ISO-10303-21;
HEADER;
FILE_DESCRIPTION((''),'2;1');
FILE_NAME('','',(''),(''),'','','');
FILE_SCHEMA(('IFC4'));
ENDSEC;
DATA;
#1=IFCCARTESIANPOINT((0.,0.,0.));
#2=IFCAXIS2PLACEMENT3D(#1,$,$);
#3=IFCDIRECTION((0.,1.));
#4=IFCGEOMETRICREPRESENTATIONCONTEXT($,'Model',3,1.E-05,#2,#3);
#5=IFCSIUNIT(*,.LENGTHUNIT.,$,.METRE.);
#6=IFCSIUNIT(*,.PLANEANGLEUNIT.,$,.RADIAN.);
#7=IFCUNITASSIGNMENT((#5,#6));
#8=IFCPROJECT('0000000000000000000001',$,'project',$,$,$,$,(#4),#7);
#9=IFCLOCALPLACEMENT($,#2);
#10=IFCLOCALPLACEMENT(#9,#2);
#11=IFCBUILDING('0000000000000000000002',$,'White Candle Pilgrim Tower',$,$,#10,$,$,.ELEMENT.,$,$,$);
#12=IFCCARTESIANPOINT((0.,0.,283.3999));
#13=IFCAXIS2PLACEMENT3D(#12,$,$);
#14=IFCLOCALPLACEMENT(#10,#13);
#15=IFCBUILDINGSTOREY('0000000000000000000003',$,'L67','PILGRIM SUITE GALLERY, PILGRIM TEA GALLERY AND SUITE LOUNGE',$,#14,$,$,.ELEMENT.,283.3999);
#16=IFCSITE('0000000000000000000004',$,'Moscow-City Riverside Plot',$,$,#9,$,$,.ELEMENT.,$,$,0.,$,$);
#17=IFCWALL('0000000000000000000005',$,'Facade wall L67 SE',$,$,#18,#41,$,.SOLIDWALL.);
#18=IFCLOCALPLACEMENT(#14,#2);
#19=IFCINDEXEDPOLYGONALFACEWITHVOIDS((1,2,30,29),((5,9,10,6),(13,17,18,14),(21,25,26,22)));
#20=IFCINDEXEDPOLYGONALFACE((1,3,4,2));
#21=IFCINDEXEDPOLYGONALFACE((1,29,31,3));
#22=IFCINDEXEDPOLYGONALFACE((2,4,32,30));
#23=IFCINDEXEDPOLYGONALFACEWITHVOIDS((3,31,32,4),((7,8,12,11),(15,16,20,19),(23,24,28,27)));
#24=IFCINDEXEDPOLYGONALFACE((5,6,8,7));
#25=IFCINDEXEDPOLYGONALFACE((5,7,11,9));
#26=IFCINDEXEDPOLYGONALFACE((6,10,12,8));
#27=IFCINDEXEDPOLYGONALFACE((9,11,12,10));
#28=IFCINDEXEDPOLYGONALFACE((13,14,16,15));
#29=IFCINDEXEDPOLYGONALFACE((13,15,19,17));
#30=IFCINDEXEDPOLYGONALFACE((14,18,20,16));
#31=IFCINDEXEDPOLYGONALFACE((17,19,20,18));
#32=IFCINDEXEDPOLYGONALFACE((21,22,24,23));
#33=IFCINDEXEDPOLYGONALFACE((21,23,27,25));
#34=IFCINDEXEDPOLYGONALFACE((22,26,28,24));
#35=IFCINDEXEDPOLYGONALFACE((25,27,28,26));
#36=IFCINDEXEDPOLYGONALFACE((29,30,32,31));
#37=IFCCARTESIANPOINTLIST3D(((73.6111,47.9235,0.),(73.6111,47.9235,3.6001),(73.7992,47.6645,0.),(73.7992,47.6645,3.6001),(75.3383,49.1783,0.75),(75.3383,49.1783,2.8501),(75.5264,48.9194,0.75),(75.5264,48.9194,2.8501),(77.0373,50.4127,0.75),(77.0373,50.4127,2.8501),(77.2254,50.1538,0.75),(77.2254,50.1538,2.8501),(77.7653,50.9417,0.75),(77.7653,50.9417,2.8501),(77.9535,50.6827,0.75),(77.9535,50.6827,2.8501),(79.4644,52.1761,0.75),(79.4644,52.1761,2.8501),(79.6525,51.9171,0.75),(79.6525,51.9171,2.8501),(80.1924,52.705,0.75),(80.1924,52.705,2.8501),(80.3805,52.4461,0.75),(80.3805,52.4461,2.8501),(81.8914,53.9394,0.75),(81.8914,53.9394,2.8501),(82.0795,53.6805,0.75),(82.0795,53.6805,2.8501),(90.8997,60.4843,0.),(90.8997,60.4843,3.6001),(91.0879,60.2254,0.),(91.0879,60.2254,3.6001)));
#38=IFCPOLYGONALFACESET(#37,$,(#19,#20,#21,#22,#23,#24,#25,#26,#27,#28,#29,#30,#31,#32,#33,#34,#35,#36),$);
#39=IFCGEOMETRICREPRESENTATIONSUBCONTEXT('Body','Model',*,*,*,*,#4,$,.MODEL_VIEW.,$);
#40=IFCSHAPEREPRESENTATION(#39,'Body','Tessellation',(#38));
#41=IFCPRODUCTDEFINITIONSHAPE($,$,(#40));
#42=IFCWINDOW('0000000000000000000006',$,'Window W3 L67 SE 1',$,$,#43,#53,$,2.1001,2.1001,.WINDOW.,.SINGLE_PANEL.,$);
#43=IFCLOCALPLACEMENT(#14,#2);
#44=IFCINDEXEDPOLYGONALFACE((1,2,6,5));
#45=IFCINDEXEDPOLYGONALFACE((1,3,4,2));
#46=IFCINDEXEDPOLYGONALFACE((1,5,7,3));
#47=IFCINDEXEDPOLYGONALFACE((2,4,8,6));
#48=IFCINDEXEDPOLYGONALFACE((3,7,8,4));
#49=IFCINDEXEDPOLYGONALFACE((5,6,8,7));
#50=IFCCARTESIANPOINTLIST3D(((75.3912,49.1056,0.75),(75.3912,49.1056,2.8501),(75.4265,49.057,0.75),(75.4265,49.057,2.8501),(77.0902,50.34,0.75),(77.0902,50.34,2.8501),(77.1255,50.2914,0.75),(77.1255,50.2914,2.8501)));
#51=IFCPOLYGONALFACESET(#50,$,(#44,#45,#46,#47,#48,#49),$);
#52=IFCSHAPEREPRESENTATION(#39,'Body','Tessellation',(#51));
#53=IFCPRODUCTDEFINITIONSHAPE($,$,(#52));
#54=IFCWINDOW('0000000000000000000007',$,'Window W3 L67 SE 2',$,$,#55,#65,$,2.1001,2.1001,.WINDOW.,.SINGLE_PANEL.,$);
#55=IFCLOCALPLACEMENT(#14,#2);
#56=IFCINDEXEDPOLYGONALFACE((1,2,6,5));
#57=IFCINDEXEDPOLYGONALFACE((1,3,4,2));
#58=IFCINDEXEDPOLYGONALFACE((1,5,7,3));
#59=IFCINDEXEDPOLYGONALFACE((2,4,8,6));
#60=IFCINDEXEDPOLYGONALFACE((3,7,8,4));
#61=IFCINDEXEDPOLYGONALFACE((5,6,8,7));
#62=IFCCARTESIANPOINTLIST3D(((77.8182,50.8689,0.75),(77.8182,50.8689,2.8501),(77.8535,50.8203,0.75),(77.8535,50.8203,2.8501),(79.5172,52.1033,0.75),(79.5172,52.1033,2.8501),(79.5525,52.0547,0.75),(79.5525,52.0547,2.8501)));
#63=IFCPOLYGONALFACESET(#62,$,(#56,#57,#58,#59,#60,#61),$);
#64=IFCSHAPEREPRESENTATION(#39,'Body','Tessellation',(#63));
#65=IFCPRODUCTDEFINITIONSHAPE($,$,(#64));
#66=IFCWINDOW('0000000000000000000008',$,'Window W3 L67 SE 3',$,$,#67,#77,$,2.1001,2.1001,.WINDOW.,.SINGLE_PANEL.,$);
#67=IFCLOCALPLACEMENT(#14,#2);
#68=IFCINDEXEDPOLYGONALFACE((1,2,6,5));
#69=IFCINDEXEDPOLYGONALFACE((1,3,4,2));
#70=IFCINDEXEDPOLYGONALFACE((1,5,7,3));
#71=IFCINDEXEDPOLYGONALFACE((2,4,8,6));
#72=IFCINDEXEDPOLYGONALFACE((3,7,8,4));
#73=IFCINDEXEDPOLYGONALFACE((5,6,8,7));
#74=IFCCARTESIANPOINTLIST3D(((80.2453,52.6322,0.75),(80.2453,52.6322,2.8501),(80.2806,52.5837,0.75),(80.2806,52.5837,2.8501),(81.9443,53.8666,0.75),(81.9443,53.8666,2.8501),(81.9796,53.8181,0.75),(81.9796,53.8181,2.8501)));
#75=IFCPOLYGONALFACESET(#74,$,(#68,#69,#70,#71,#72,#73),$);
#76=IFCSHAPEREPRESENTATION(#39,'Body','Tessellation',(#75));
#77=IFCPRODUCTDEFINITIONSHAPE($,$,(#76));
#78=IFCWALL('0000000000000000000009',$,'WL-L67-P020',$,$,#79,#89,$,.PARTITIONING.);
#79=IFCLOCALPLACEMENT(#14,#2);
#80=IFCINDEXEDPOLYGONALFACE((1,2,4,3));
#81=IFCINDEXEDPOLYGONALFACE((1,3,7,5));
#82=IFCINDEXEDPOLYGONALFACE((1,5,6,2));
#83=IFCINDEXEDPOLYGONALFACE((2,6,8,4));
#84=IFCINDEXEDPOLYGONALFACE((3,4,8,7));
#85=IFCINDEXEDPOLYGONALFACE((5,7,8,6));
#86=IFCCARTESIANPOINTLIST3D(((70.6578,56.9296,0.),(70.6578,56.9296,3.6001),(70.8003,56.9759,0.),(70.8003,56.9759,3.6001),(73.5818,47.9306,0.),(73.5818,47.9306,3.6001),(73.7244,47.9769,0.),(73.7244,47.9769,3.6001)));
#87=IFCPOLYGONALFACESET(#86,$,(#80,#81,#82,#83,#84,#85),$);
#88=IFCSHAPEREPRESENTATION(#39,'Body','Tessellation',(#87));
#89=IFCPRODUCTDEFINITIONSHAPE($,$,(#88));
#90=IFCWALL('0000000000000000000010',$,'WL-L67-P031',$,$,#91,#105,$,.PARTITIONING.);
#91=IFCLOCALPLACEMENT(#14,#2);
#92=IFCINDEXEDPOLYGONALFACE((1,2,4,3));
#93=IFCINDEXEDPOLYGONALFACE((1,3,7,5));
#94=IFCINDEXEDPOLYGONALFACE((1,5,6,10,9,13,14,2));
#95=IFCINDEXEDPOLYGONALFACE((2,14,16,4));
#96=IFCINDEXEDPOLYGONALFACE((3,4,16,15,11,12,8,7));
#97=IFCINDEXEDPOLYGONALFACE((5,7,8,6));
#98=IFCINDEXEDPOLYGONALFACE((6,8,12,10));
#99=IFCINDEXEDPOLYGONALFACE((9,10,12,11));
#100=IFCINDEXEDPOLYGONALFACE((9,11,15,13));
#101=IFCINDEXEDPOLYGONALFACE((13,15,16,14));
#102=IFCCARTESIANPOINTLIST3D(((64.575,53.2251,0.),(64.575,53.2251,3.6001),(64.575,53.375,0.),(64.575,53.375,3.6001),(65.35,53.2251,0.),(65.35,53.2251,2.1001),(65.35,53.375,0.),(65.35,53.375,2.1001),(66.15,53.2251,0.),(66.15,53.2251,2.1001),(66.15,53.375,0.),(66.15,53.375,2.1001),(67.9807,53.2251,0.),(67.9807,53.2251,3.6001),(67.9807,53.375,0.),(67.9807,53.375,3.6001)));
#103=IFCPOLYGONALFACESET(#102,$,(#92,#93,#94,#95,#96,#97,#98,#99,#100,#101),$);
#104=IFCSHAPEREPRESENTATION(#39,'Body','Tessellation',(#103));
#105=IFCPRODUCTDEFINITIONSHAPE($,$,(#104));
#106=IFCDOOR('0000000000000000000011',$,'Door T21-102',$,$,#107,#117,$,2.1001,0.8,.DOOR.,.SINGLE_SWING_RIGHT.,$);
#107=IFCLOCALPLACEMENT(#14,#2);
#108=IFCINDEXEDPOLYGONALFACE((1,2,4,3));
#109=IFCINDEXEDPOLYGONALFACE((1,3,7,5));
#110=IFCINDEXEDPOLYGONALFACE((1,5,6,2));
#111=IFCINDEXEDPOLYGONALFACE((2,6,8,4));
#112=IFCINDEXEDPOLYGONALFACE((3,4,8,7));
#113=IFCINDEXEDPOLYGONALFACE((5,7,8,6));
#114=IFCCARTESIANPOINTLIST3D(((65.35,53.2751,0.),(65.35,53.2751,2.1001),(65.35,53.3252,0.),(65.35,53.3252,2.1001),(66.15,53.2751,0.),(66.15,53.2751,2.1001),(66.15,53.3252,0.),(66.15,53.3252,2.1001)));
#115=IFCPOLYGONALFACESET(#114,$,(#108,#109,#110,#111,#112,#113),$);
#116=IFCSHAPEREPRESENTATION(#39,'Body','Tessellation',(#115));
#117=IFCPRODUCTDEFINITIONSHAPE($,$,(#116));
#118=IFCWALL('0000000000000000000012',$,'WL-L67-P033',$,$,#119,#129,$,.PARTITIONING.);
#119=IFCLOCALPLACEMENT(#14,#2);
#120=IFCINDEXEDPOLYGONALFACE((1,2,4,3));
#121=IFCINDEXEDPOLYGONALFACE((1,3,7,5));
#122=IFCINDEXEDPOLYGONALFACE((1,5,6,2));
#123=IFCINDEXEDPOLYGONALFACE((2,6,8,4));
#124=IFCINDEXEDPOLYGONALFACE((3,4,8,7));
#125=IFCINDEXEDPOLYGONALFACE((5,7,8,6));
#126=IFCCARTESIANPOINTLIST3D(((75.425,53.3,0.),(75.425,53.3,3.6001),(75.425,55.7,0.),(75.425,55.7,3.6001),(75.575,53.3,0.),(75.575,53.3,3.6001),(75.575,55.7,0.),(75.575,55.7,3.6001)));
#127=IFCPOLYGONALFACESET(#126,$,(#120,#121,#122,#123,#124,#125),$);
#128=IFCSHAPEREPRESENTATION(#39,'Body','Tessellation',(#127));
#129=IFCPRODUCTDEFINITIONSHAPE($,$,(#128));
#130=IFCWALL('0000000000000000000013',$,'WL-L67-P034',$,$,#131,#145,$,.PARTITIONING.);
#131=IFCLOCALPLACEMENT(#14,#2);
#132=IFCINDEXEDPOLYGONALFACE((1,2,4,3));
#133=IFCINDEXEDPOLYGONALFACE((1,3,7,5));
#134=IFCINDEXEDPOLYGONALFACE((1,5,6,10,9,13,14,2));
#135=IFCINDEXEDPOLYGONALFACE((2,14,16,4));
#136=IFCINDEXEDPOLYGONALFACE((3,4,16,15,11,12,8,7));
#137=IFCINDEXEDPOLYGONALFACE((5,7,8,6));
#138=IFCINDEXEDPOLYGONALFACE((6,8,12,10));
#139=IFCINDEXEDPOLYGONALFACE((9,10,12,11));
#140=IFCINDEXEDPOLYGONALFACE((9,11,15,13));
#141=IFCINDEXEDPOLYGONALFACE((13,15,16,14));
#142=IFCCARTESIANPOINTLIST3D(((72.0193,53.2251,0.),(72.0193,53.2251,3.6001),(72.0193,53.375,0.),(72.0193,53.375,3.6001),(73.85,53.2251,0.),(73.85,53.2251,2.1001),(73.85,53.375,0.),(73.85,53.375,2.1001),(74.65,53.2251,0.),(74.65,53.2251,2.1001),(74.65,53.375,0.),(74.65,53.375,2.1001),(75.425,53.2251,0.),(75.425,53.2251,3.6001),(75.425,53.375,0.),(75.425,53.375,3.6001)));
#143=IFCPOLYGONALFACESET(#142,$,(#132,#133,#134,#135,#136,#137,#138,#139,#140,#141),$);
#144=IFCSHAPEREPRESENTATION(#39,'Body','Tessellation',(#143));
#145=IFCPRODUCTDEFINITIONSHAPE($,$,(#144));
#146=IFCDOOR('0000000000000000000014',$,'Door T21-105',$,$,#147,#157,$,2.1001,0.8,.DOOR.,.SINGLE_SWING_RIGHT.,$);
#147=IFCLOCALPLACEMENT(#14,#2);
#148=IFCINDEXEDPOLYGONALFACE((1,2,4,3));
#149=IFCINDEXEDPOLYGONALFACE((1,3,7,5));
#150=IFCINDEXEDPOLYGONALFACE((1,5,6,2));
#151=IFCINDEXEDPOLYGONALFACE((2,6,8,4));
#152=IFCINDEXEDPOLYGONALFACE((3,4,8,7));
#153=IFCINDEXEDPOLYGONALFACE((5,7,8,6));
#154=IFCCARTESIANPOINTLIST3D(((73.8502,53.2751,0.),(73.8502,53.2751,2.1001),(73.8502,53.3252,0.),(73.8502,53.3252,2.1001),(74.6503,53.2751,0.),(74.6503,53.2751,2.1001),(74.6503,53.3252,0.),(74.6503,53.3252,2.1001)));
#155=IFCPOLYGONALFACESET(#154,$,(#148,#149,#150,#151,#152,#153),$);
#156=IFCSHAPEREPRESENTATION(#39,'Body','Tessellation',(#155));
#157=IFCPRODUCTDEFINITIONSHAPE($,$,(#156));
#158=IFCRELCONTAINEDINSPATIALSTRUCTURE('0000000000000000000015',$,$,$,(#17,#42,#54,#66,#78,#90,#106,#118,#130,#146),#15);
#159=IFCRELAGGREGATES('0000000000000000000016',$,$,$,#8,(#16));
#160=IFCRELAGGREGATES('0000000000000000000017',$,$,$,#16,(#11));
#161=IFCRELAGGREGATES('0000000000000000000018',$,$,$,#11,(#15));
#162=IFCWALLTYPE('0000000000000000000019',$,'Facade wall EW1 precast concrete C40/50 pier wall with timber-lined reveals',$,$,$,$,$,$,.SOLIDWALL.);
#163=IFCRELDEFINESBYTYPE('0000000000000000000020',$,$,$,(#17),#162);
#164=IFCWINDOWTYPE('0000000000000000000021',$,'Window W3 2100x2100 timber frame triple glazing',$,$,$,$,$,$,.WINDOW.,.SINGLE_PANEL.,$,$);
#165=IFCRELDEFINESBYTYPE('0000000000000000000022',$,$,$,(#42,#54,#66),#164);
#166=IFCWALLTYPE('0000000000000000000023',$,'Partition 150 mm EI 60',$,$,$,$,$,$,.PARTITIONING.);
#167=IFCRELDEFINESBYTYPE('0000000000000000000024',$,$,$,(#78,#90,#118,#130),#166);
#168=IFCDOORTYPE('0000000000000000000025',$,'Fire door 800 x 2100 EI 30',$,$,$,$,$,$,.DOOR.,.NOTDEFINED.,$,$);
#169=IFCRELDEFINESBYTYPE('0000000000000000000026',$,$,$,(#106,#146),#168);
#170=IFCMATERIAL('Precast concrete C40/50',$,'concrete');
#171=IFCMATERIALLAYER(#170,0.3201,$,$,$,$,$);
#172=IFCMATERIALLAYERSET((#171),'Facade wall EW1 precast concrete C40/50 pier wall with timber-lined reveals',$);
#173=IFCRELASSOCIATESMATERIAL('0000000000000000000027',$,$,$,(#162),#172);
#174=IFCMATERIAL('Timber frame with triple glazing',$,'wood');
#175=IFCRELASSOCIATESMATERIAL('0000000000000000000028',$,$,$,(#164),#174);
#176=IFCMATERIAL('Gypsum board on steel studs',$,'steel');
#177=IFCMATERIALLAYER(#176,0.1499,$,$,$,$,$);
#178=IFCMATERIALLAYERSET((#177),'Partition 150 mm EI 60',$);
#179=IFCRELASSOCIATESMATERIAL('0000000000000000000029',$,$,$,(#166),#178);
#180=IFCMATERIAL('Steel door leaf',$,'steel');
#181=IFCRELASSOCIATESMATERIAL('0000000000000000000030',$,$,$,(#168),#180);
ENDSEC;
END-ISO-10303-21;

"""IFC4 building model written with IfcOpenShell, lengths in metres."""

from ifc_helpers import new_model, si_unit, direction, frame, frame_2d, origin, place, context, subcontext, project, spatial, rectangle, extrude, material, layer, layer_set, type_object, element, fill, save


model = new_model("IFC4")

# Units and contexts
model_context = context("Model", 3, precision=1e-05, world=origin(), true_north=direction((0.0, 1.0)))
body_context = subcontext(model_context, "Body", "Model", "MODEL_VIEW")
ifc_project = project(units=[si_unit("LENGTHUNIT", "METRE"), si_unit("PLANEANGLEUNIT", "RADIAN")], contexts=[model_context])

# Site, building, storey
site_placement = place(None, origin())
site = spatial("IfcSite", under=ifc_project, at=site_placement, Name="Moscow-City Riverside Plot", CompositionType="ELEMENT", RefElevation=0.0)
building_placement = place(site_placement, origin())
building = spatial("IfcBuilding", under=site, at=building_placement, Name="White Candle Pilgrim Tower", CompositionType="ELEMENT")
storey_placement = place(building_placement, frame((0.0, 0.0, 283.3999)))
storey = spatial("IfcBuildingStorey", under=building, at=storey_placement, Name="L67", Description="PILGRIM SUITE GALLERY, PILGRIM TEA GALLERY AND SUITE LOUNGE", CompositionType="ELEMENT", Elevation=283.3999)

# Shared definitions
ifc_material_1 = material(Name="Gypsum board on steel studs", Category="steel")

# Wall, openings, windows
ifc_material_2 = material(Name="Precast concrete C40/50", Category="concrete")
ifc_layer_1 = layer(ifc_material_2, 0.3201)
ifc_layer_set_1 = layer_set([ifc_layer_1], Name="Facade wall EW1 precast concrete C40/50 pier wall with timber-lined reveals")
wall_type_1 = type_object("IfcWallType", Name="Facade wall EW1 precast concrete C40/50 pier wall with timber-lined reveals", PredefinedType="SOLIDWALL", material=ifc_layer_set_1)
wall_1_placement = place(storey_placement, frame((73.7051, 47.7939, 0.0), z_axis=(0.0, 0.0, 1.0), x_axis=(0.809019, 0.587782, 0.0)))
wall_1 = element("IfcWall", 1, at=wall_1_placement, inside=storey, type_object=wall_type_1, Name="Facade wall L67 SE", PredefinedType="SOLIDWALL", context=body_context, shape_type="SweptSolid", body=[
    extrude(rectangle(XDim=21.3699, YDim=0.3201, at=frame_2d((10.6851, 0.0))), origin(), (0.0, 0.0, 1.0), 3.6001),
])
opening_1_placement = place(wall_1_placement, frame((2.135, 0.0, 0.75)))
opening_1 = element("IfcOpeningElement", 2, at=opening_1_placement, cuts=wall_1, PredefinedType="OPENING", context=body_context, shape_type="SweptSolid", body=[
    extrude(rectangle(XDim=2.1001, YDim=2.1001, at=frame_2d((1.05, 1.05))), frame((0.0, 0.1699, 0.0), z_axis=(0.0, -1.0, 0.0), x_axis=(1.0, 0.0, 0.0)), (0.0, 0.0, 1.0), 0.3401),
])
opening_2_placement = place(wall_1_placement, frame((5.135, 0.0, 0.75)))
opening_2 = element("IfcOpeningElement", 3, at=opening_2_placement, cuts=wall_1, PredefinedType="OPENING", context=body_context, shape_type="SweptSolid", body=[
    extrude(rectangle(XDim=2.1001, YDim=2.1001, at=frame_2d((1.05, 1.05))), frame((0.0, 0.1699, 0.0), z_axis=(0.0, -1.0, 0.0), x_axis=(1.0, 0.0, 0.0)), (0.0, 0.0, 1.0), 0.3401),
])
opening_3_placement = place(wall_1_placement, frame((8.135, 0.0, 0.75)))
opening_3 = element("IfcOpeningElement", 4, at=opening_3_placement, cuts=wall_1, PredefinedType="OPENING", context=body_context, shape_type="SweptSolid", body=[
    extrude(rectangle(XDim=2.1001, YDim=2.1001, at=frame_2d((1.05, 1.05))), frame((0.0, 0.1699, 0.0), z_axis=(0.0, -1.0, 0.0), x_axis=(1.0, 0.0, 0.0)), (0.0, 0.0, 1.0), 0.3401),
])
ifc_material_3 = material(Name="Timber frame with triple glazing", Category="wood")
window_type = type_object("IfcWindowType", Name="Window W3 2100x2100 timber frame triple glazing", PartitioningType="SINGLE_PANEL", PredefinedType="WINDOW", material=ifc_material_3)
window_1_placement = place(opening_1_placement, origin())
window_1 = element("IfcWindow", 5, at=window_1_placement, inside=storey, type_object=window_type, Name="Window W3 L67 SE 1", OverallHeight=2.1001, OverallWidth=2.1001, PartitioningType="SINGLE_PANEL", PredefinedType="WINDOW", context=body_context, shape_type="SweptSolid", body=[
    extrude(rectangle(XDim=2.1001, YDim=2.1001, at=frame_2d((1.05, 1.05))), frame((0.0, 0.0701, 0.0), z_axis=(0.0, -1.0, 0.0), x_axis=(1.0, 0.0, 0.0)), (0.0, 0.0, 1.0), 0.0601),
])
fill(opening_1, window_1)
window_2_placement = place(opening_2_placement, origin())
window_2 = element("IfcWindow", 6, at=window_2_placement, inside=storey, type_object=window_type, Name="Window W3 L67 SE 2", OverallHeight=2.1001, OverallWidth=2.1001, PartitioningType="SINGLE_PANEL", PredefinedType="WINDOW", context=body_context, shape_type="SweptSolid", body=[
    extrude(rectangle(XDim=2.1001, YDim=2.1001, at=frame_2d((1.05, 1.05))), frame((0.0, 0.0701, 0.0), z_axis=(0.0, -1.0, 0.0), x_axis=(1.0, 0.0, 0.0)), (0.0, 0.0, 1.0), 0.0601),
])
fill(opening_2, window_2)
window_3_placement = place(opening_3_placement, origin())
window_3 = element("IfcWindow", 7, at=window_3_placement, inside=storey, type_object=window_type, Name="Window W3 L67 SE 3", OverallHeight=2.1001, OverallWidth=2.1001, PartitioningType="SINGLE_PANEL", PredefinedType="WINDOW", context=body_context, shape_type="SweptSolid", body=[
    extrude(rectangle(XDim=2.1001, YDim=2.1001, at=frame_2d((1.05, 1.05))), frame((0.0, 0.0701, 0.0), z_axis=(0.0, -1.0, 0.0), x_axis=(1.0, 0.0, 0.0)), (0.0, 0.0, 1.0), 0.0601),
])
fill(opening_3, window_3)

# Wall
ifc_layer_2 = layer(ifc_material_1, 0.1499)
ifc_layer_set_2 = layer_set([ifc_layer_2], Name="Partition 150 mm EI 60")
wall_type_2 = type_object("IfcWallType", Name="Partition 150 mm EI 60", PredefinedType="PARTITIONING", material=ifc_layer_set_2)
wall_2_placement = place(storey_placement, frame((73.6531, 47.9539, 0.0), z_axis=(0.0, 0.0, 1.0), x_axis=(-0.309028, 0.951053, 0.0)))
element("IfcWall", 8, at=wall_2_placement, inside=storey, type_object=wall_type_2, Name="WL-L67-P020", PredefinedType="PARTITIONING", context=body_context, shape_type="SweptSolid", body=[
    extrude(rectangle(XDim=9.4622, YDim=0.1499, at=frame_2d((4.731, 0.0))), origin(), (0.0, 0.0, 1.0), 3.6001),
])

# Wall, opening, door
wall_3_placement = place(storey_placement, frame((67.9807, 53.3, 0.0), z_axis=(0.0, 0.0, 1.0), x_axis=(-1.0, 0.0, 0.0)))
wall_3 = element("IfcWall", 9, at=wall_3_placement, inside=storey, type_object=wall_type_2, Name="WL-L67-P031", PredefinedType="PARTITIONING", context=body_context, shape_type="SweptSolid", body=[
    extrude(rectangle(XDim=3.4058, YDim=0.1499, at=frame_2d((1.7029, 0.0))), origin(), (0.0, 0.0, 1.0), 3.6001),
])
opening_4_placement = place(wall_3_placement, frame((1.8308, 0.0, 0.0)))
opening_4 = element("IfcOpeningElement", 10, at=opening_4_placement, cuts=wall_3, PredefinedType="OPENING", context=body_context, shape_type="SweptSolid", body=[
    extrude(rectangle(XDim=0.8, YDim=2.1001, at=frame_2d((0.3999, 1.05))), frame((0.0, 0.085, 0.0), z_axis=(0.0, -1.0, 0.0), x_axis=(1.0, 0.0, 0.0)), (0.0, 0.0, 1.0), 0.1699),
])
ifc_material_4 = material(Name="Steel door leaf", Category="steel")
door_type = type_object("IfcDoorType", Name="Fire door 800 x 2100 EI 30", OperationType="NOTDEFINED", PredefinedType="DOOR", material=ifc_material_4)
door_1_placement = place(opening_4_placement, origin())
door_1 = element("IfcDoor", 11, at=door_1_placement, inside=storey, type_object=door_type, Name="Door T21-102", OperationType="SINGLE_SWING_RIGHT", OverallHeight=2.1001, OverallWidth=0.8, PredefinedType="DOOR", context=body_context, shape_type="SweptSolid", body=[
    extrude(rectangle(XDim=0.8, YDim=2.1001, at=frame_2d((0.3999, 1.05))), frame((0.0, 0.0249, 0.0), z_axis=(0.0, -1.0, 0.0), x_axis=(1.0, 0.0, 0.0)), (0.0, 0.0, 1.0), 0.05),
])
fill(opening_4, door_1)

# Wall
wall_4_placement = place(storey_placement, frame((75.5, 55.7, 0.0), z_axis=(0.0, 0.0, 1.0), x_axis=(0.0, -1.0, 0.0)))
element("IfcWall", 12, at=wall_4_placement, inside=storey, type_object=wall_type_2, Name="WL-L67-P033", PredefinedType="PARTITIONING", context=body_context, shape_type="SweptSolid", body=[
    extrude(rectangle(XDim=2.3999, YDim=0.1499, at=frame_2d((1.2, 0.0))), origin(), (0.0, 0.0, 1.0), 3.6001),
])

# Wall, opening, door
wall_5_placement = place(storey_placement, frame((72.0193, 53.3, 0.0), z_axis=(0.0, 0.0, 1.0), x_axis=(1.0, 0.0, 0.0)))
wall_5 = element("IfcWall", 13, at=wall_5_placement, inside=storey, type_object=wall_type_2, Name="WL-L67-P034", PredefinedType="PARTITIONING", context=body_context, shape_type="SweptSolid", body=[
    extrude(rectangle(XDim=3.4058, YDim=0.1499, at=frame_2d((1.7029, 0.0))), origin(), (0.0, 0.0, 1.0), 3.6001),
])
opening_5_placement = place(wall_5_placement, frame((1.8308, 0.0, 0.0)))
opening_5 = element("IfcOpeningElement", 14, at=opening_5_placement, cuts=wall_5, PredefinedType="OPENING", context=body_context, shape_type="SweptSolid", body=[
    extrude(rectangle(XDim=0.8, YDim=2.1001, at=frame_2d((0.3999, 1.05))), frame((0.0, 0.085, 0.0), z_axis=(0.0, -1.0, 0.0), x_axis=(1.0, 0.0, 0.0)), (0.0, 0.0, 1.0), 0.1699),
])
door_2_placement = place(opening_5_placement, frame((0.8, 0.0, 0.0), z_axis=(0.0, 0.0, 1.0), x_axis=(-1.0, 0.0, 0.0)))
door_2 = element("IfcDoor", 15, at=door_2_placement, inside=storey, type_object=door_type, Name="Door T21-105", OperationType="SINGLE_SWING_RIGHT", OverallHeight=2.1001, OverallWidth=0.8, PredefinedType="DOOR", context=body_context, shape_type="SweptSolid", body=[
    extrude(rectangle(XDim=0.8, YDim=2.1001, at=frame_2d((0.3999, 1.05))), frame((0.0, 0.0249, 0.0), z_axis=(0.0, -1.0, 0.0), x_axis=(1.0, 0.0, 0.0)), (0.0, 0.0, 1.0), 0.05),
])
fill(opening_5, door_2)

save(model, "model.ifc")
